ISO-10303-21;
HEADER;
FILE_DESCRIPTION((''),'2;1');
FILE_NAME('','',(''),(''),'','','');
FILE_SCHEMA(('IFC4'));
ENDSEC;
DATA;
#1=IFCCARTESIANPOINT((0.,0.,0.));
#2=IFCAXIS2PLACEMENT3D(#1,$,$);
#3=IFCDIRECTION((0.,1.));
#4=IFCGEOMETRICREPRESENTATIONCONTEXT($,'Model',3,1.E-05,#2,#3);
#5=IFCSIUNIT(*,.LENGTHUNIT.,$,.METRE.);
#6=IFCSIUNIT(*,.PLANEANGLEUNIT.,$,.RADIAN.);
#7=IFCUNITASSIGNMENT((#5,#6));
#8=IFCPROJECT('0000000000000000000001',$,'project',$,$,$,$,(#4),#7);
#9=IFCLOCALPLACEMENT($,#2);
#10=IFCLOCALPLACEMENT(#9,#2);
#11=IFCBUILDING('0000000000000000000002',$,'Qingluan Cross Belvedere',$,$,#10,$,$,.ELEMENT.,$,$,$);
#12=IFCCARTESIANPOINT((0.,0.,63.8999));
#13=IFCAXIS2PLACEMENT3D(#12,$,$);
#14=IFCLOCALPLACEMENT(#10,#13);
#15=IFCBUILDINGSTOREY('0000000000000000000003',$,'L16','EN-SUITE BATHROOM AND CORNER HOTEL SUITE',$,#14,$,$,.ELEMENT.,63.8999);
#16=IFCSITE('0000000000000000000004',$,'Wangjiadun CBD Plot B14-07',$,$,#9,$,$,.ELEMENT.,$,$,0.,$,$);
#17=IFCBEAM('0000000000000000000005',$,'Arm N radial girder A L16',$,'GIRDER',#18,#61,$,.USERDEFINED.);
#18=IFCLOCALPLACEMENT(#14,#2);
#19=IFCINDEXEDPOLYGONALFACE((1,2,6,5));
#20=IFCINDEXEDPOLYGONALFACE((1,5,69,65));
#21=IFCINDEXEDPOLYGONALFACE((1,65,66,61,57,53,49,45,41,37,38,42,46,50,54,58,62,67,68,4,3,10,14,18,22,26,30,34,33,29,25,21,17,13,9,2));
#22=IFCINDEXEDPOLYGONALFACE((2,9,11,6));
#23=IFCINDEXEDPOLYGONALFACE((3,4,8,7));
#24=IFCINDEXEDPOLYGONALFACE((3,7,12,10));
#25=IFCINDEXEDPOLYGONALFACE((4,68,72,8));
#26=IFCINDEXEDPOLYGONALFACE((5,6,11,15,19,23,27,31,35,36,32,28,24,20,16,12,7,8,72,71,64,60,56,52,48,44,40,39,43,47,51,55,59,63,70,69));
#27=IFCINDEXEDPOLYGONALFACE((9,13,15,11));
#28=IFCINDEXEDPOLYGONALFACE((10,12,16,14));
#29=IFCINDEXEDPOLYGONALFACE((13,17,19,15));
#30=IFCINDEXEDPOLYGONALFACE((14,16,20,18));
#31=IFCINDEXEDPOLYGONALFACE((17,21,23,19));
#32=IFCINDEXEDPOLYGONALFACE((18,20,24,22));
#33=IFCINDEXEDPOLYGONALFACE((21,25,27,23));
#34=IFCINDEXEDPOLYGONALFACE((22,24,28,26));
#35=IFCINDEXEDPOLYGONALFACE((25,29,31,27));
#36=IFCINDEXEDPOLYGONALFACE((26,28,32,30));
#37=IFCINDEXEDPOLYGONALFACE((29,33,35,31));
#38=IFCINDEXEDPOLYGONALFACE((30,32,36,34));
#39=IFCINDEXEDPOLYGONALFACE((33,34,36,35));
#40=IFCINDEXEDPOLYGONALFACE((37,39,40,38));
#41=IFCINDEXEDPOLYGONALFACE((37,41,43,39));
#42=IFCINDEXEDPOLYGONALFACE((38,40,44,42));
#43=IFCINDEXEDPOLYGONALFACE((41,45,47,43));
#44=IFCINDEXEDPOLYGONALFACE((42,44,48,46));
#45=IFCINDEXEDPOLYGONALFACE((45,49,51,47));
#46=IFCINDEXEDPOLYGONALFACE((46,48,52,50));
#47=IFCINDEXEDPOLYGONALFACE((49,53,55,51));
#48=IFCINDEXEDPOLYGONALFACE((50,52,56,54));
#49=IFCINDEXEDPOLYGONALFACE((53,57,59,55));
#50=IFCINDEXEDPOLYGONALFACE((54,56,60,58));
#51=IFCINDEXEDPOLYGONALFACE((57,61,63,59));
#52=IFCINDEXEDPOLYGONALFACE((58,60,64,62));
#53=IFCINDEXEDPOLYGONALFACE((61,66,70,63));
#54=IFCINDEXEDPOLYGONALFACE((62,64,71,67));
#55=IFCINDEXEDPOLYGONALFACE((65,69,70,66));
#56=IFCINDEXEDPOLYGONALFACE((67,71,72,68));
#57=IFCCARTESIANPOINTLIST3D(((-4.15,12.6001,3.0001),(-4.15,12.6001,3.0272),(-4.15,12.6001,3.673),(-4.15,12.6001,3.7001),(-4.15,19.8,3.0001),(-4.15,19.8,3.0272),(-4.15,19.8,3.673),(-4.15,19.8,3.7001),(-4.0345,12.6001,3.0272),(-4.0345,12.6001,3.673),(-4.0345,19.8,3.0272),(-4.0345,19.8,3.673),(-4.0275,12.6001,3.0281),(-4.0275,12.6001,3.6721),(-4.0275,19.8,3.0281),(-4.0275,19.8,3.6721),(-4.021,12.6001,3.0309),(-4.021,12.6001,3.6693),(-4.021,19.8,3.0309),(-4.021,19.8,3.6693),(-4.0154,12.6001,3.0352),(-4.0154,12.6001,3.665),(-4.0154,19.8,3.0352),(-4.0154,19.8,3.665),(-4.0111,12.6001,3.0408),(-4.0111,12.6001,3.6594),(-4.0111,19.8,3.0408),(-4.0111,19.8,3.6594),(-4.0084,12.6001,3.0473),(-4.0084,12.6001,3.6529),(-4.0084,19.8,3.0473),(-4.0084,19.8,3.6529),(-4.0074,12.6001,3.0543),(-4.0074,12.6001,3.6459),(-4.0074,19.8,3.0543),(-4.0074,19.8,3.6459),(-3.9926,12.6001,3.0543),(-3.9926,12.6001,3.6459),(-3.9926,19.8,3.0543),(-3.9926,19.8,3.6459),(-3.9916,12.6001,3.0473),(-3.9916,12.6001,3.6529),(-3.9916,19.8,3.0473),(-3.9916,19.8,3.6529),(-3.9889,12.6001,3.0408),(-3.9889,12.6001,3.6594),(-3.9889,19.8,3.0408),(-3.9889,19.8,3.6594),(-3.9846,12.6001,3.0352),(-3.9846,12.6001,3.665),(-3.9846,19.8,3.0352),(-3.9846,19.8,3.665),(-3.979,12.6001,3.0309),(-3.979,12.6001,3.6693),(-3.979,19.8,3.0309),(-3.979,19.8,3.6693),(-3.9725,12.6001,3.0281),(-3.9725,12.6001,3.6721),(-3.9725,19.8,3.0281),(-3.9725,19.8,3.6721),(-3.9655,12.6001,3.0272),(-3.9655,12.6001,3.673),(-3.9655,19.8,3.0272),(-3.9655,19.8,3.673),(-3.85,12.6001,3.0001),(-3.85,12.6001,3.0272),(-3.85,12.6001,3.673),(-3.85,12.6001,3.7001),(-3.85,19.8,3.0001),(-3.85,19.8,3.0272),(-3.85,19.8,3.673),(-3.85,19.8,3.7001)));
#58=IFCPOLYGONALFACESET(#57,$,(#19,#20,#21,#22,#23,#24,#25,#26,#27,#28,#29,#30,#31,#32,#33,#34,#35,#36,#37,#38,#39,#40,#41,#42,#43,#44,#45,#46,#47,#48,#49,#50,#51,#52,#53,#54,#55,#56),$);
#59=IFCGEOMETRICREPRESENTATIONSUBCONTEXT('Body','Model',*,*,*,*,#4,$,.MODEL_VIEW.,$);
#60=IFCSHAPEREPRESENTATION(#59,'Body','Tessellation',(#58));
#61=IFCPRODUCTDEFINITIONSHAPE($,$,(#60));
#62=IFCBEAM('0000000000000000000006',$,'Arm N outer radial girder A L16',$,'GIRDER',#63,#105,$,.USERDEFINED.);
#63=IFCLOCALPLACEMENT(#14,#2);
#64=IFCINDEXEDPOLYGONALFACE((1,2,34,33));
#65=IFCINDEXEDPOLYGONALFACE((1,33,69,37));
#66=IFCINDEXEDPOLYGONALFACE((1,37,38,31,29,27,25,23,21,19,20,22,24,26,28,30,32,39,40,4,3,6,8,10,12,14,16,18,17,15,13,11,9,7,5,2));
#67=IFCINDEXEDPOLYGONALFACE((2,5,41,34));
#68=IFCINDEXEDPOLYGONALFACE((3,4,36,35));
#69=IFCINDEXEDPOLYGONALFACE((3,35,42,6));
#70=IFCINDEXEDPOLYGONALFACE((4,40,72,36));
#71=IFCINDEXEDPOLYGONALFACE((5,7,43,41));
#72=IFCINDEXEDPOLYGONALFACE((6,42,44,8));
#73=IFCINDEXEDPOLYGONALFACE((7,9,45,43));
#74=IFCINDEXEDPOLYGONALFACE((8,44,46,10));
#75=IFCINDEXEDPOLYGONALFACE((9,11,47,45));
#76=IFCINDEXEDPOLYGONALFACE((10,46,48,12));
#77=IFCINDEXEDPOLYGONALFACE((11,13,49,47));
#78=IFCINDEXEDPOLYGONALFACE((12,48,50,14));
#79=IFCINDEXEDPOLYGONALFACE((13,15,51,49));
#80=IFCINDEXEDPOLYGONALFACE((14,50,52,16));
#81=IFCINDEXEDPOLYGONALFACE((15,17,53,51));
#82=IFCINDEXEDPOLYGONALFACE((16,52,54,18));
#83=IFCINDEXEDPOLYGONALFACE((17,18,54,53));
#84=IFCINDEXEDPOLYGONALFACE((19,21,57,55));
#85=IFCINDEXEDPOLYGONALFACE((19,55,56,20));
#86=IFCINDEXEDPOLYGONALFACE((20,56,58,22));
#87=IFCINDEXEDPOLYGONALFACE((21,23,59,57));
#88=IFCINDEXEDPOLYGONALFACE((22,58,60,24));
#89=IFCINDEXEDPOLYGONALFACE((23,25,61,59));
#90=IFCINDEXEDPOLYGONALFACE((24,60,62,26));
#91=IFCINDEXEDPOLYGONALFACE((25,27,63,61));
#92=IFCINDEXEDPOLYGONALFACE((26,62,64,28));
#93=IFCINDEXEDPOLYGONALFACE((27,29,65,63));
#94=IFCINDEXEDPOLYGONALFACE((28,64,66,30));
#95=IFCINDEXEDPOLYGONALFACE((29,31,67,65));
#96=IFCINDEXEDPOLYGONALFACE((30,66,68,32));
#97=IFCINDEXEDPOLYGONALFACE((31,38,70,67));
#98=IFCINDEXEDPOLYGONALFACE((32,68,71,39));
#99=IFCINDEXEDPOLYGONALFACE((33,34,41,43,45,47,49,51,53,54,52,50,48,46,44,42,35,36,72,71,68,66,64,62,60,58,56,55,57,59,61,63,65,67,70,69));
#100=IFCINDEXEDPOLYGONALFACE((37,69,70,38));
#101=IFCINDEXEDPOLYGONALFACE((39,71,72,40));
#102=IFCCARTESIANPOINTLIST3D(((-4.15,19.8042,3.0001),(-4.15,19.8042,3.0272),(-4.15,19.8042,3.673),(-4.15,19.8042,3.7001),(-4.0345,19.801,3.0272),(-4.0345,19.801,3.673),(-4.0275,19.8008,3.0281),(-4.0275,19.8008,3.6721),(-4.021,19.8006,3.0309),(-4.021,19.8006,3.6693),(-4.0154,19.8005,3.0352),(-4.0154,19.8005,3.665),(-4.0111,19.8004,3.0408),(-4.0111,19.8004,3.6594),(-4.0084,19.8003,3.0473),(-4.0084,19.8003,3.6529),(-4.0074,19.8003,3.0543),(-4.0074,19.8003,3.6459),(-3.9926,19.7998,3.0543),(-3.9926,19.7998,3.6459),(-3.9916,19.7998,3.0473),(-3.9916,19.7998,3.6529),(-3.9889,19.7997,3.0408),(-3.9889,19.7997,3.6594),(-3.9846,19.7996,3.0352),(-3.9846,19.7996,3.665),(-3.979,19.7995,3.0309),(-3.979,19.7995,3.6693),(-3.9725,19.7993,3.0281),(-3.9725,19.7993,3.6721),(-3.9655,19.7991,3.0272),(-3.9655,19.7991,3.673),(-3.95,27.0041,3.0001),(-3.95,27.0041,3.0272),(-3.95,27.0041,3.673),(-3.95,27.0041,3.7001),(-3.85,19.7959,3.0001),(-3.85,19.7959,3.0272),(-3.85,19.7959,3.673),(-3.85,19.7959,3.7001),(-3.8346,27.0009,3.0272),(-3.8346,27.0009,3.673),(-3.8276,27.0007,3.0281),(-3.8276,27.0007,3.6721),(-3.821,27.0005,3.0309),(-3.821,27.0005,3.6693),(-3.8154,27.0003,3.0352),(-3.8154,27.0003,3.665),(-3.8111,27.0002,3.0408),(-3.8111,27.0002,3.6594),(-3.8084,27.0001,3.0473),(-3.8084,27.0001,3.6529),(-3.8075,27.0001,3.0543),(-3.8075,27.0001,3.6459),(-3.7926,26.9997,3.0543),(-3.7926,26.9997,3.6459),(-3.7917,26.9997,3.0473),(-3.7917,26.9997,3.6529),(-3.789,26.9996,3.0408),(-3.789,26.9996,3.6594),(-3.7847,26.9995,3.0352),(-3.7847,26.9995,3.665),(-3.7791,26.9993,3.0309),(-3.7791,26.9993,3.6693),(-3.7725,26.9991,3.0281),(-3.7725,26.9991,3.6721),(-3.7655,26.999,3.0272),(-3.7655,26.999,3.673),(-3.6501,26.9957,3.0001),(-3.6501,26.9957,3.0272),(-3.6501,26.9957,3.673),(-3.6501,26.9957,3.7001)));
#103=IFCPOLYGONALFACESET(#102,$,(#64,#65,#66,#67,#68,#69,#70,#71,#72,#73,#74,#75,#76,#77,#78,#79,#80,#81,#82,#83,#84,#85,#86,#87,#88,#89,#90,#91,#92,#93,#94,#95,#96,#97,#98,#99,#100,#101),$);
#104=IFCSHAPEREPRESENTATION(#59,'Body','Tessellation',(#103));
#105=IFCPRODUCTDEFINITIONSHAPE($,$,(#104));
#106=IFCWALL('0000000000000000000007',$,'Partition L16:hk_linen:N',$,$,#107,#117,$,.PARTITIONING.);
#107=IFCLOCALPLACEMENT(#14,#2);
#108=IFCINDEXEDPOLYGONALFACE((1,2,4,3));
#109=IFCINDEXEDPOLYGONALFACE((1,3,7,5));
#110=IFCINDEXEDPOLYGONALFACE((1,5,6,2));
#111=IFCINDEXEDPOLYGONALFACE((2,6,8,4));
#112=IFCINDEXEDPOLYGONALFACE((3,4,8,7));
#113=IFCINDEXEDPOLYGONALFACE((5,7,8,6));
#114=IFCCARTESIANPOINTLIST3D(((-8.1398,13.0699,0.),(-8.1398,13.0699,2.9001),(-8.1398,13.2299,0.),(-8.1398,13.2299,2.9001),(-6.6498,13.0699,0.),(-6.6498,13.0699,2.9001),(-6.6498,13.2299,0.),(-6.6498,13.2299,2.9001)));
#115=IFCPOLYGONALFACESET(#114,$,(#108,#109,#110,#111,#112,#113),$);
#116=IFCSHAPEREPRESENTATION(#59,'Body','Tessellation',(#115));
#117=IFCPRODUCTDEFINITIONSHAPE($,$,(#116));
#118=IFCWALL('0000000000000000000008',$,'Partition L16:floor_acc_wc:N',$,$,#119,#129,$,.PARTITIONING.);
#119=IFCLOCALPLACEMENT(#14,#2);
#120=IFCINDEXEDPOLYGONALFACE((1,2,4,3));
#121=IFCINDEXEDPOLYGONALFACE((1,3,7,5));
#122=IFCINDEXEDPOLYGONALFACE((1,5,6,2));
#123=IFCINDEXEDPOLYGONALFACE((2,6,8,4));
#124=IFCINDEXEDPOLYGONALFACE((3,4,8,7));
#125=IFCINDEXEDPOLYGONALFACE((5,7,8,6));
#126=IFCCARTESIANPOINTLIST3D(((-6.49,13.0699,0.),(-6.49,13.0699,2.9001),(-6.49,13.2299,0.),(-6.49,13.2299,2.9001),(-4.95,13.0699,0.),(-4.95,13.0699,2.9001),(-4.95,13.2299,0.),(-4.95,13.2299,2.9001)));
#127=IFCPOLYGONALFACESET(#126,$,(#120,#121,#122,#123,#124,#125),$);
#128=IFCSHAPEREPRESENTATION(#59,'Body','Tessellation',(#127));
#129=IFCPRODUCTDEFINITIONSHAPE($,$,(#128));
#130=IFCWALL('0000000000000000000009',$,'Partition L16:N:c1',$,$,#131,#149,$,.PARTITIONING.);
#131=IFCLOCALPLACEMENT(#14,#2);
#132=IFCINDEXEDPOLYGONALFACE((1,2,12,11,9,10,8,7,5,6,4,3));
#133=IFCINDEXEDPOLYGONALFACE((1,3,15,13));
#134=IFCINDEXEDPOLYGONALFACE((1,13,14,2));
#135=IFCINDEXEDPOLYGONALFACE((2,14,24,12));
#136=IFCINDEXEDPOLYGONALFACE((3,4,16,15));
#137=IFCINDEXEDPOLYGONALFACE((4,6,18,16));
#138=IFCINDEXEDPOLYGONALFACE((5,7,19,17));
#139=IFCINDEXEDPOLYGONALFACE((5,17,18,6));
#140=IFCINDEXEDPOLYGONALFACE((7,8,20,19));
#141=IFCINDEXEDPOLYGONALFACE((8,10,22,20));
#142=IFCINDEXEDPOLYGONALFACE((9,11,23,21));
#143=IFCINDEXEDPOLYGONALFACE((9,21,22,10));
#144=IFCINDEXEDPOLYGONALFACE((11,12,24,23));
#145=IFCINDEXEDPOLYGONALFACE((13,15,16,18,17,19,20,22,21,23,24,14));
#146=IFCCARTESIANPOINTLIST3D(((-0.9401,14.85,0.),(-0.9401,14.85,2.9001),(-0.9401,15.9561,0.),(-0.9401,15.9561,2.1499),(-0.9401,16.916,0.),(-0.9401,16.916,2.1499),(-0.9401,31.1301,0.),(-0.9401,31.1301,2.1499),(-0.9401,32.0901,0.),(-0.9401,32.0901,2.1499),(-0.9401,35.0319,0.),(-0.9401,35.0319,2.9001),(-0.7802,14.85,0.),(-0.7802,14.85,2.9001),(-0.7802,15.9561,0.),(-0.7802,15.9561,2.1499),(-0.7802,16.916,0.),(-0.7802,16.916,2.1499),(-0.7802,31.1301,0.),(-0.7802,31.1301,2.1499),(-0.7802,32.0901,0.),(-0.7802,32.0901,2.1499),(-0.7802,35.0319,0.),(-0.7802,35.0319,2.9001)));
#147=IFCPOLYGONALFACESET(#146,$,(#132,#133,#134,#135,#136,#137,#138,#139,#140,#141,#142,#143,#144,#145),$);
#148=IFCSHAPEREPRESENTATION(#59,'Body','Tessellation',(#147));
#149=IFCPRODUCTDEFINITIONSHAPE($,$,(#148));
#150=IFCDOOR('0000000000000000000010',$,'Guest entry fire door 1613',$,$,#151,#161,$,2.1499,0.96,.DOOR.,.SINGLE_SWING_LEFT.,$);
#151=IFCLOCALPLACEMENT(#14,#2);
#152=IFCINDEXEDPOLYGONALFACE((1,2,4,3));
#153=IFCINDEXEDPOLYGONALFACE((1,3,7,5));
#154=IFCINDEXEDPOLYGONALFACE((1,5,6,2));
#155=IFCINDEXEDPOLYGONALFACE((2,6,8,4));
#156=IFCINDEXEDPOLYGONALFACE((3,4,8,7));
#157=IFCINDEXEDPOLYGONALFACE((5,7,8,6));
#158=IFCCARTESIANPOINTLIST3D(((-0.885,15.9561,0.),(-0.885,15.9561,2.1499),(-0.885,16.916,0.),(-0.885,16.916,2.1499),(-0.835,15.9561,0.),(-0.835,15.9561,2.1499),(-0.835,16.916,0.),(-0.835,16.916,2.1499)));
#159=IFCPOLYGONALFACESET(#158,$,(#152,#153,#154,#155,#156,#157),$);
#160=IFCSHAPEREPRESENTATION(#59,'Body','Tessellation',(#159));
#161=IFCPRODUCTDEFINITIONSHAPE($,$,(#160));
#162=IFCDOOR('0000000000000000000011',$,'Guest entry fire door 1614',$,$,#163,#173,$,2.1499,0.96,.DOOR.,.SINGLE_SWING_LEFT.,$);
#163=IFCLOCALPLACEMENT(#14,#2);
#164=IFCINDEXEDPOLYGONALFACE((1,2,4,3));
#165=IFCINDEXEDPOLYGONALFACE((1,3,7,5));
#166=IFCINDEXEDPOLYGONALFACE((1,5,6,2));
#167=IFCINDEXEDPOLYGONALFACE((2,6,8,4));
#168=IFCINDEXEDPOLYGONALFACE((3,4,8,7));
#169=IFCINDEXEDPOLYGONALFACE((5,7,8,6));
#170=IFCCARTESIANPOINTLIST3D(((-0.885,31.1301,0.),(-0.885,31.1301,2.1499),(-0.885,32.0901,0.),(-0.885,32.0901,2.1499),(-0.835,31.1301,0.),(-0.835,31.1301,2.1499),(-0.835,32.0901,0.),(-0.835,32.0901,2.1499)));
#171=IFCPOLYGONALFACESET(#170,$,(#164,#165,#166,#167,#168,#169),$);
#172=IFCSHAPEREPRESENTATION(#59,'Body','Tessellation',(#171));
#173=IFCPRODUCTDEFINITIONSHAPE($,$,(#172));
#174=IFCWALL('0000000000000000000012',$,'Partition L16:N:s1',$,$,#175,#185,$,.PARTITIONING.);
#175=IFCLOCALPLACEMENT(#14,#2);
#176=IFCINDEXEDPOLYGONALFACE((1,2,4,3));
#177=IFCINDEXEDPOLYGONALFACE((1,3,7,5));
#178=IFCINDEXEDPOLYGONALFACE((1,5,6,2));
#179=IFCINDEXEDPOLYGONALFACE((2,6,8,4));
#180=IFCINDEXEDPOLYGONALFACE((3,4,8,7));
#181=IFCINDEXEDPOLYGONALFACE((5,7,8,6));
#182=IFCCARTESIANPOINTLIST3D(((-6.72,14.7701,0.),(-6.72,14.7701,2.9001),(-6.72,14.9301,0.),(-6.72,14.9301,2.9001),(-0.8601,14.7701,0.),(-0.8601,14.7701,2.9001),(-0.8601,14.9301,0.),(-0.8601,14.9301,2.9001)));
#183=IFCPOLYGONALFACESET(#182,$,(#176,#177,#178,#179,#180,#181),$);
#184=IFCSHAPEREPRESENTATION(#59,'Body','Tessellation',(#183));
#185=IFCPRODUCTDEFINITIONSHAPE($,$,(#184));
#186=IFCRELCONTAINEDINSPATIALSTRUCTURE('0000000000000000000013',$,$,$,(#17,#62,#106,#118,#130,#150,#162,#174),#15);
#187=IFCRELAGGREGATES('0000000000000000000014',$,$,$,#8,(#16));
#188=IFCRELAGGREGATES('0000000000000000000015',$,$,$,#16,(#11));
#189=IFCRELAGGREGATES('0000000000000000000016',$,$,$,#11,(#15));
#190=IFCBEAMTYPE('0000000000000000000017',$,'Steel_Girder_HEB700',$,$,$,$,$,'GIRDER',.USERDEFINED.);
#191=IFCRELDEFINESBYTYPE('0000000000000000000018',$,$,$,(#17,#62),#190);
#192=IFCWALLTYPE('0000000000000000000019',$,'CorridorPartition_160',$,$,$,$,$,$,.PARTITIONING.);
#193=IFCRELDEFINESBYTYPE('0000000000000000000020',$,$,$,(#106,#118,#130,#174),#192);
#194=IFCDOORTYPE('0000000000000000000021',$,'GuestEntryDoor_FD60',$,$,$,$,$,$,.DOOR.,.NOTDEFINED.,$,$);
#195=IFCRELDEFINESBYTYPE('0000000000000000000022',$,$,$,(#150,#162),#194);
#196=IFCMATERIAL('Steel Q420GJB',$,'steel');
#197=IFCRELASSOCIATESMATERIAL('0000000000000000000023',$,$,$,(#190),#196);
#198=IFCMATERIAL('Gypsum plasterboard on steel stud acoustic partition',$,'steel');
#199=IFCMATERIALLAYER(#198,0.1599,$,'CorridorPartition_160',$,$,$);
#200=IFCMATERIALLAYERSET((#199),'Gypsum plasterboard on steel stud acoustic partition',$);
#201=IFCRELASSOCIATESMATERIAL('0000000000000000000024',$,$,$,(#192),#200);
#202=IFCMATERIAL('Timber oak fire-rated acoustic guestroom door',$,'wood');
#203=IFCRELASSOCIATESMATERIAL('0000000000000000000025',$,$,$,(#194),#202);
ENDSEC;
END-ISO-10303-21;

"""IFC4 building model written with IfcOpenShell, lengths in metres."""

from ifc_helpers import new_model, si_unit, direction, frame, frame_2d, origin, origin_2d, place, context, subcontext, project, spatial, rectangle, i_section, extrude, material, layer, layer_set, material_profile, profile_set, type_object, element, fill, save


model = new_model("IFC4")

# Units and contexts
model_context = context("Model", 3, precision=1e-05, world=origin(), true_north=direction((0.0, 1.0)))
body_context = subcontext(model_context, "Body", "Model", "MODEL_VIEW")
ifc_project = project(units=[si_unit("LENGTHUNIT", "METRE"), si_unit("PLANEANGLEUNIT", "RADIAN")], contexts=[model_context])

# Site, building, storey
site_placement = place(None, origin())
site = spatial("IfcSite", under=ifc_project, at=site_placement, Name="Wangjiadun CBD Plot B14-07", CompositionType="ELEMENT", RefElevation=0.0)
building_placement = place(site_placement, origin())
building = spatial("IfcBuilding", under=site, at=building_placement, Name="Qingluan Cross Belvedere", CompositionType="ELEMENT")
storey_placement = place(building_placement, frame((0.0, 0.0, 63.8999)))
storey = spatial("IfcBuildingStorey", under=building, at=storey_placement, Name="L16", Description="EN-SUITE BATHROOM AND CORNER HOTEL SUITE", CompositionType="ELEMENT", Elevation=63.8999)

# Beams
ifc_material_1 = material(Name="Steel Q420GJB", Category="steel")
ifc_material_profile_1 = material_profile(ifc_material_1, i_section(OverallWidth=0.3, OverallDepth=0.7, WebThickness=0.0149, FlangeThickness=0.0271, FilletRadius=0.0271, at=origin_2d()), Name="HEB700")
ifc_profile_set_1 = profile_set([ifc_material_profile_1], Name="Steel Q420GJB")
beam_type_1 = type_object("IfcBeamType", Name="Steel_Girder_HEB700", ElementType="GIRDER", PredefinedType="USERDEFINED", material=ifc_profile_set_1)
beam_1_placement = place(storey_placement, frame((-4.0, 12.6001, 3.3501), z_axis=(0.0, 1.0, 0.0), x_axis=(-1.0, 0.0, 0.0)))
element("IfcBeam", 1, at=beam_1_placement, inside=storey, type_object=beam_type_1, Name="Arm N radial girder A L16", ObjectType="GIRDER", PredefinedType="USERDEFINED", context=body_context, shape_type="SweptSolid", body=[
    extrude(i_section(OverallWidth=0.3, OverallDepth=0.7, WebThickness=0.0149, FlangeThickness=0.0271, FilletRadius=0.0271, at=origin_2d()), origin(), (0.0, 0.0, 1.0), 7.2),
])
beam_2_placement = place(storey_placement, frame((-4.0, 19.8, 3.3501), z_axis=(0.02776, 0.999615, 0.0), x_axis=(-0.999615, 0.02776, 0.0)))
element("IfcBeam", 2, at=beam_2_placement, inside=storey, type_object=beam_type_1, Name="Arm N outer radial girder A L16", ObjectType="GIRDER", PredefinedType="USERDEFINED", context=body_context, shape_type="SweptSolid", body=[
    extrude(i_section(OverallWidth=0.3, OverallDepth=0.7, WebThickness=0.0149, FlangeThickness=0.0271, FilletRadius=0.0271, at=origin_2d()), origin(), (0.0, 0.0, 1.0), 7.2026),
])

# Walls
ifc_material_2 = material(Name="Gypsum plasterboard on steel stud acoustic partition", Category="steel")
ifc_layer_1 = layer(ifc_material_2, 0.1599, Name="CorridorPartition_160")
ifc_layer_set_1 = layer_set([ifc_layer_1], Name="Gypsum plasterboard on steel stud acoustic partition")
wall_type_1 = type_object("IfcWallType", Name="CorridorPartition_160", PredefinedType="PARTITIONING", material=ifc_layer_set_1)
wall_1_placement = place(storey_placement, frame((-8.1399, 13.1499, 0.0), z_axis=(0.0, 0.0, 1.0), x_axis=(1.0, 0.0, 0.0)))
element("IfcWall", 3, at=wall_1_placement, inside=storey, type_object=wall_type_1, Name="Partition L16:hk_linen:N", PredefinedType="PARTITIONING", context=body_context, shape_type="SweptSolid", body=[
    extrude(rectangle(XDim=1.49, YDim=0.1599, at=frame_2d((0.7451, 0.0))), origin(), (0.0, 0.0, 1.0), 2.9001),
])
wall_2_placement = place(storey_placement, frame((-6.49, 13.1499, 0.0), z_axis=(0.0, 0.0, 1.0), x_axis=(1.0, 0.0, 0.0)))
element("IfcWall", 4, at=wall_2_placement, inside=storey, type_object=wall_type_1, Name="Partition L16:floor_acc_wc:N", PredefinedType="PARTITIONING", context=body_context, shape_type="SweptSolid", body=[
    extrude(rectangle(XDim=1.54, YDim=0.1599, at=frame_2d((0.77, 0.0))), origin(), (0.0, 0.0, 1.0), 2.9001),
])

# Wall, openings, doors
wall_3_placement = place(storey_placement, frame((-0.8601, 14.8501, 0.0), z_axis=(0.0, 0.0, 1.0), x_axis=(0.0, 1.0, 0.0)))
wall_3 = element("IfcWall", 5, at=wall_3_placement, inside=storey, type_object=wall_type_1, Name="Partition L16:N:c1", PredefinedType="PARTITIONING", context=body_context, shape_type="SweptSolid", body=[
    extrude(rectangle(XDim=20.1819, YDim=0.1599, at=frame_2d((10.0908, 0.0))), origin(), (0.0, 0.0, 1.0), 2.9001),
])
opening_1_placement = place(wall_3_placement, frame((1.106, 0.0, 0.0)))
opening_1 = element("IfcOpeningElement", 6, at=opening_1_placement, cuts=wall_3, PredefinedType="OPENING", context=body_context, shape_type="SweptSolid", body=[
    extrude(rectangle(XDim=0.96, YDim=2.1499, at=frame_2d((0.48, 1.075))), frame((0.0, 0.0898, 0.0), z_axis=(0.0, -1.0, 0.0), x_axis=(1.0, 0.0, 0.0)), (0.0, 0.0, 1.0), 0.1799),
])
opening_2_placement = place(wall_3_placement, frame((16.28, 0.0, 0.0)))
opening_2 = element("IfcOpeningElement", 7, at=opening_2_placement, cuts=wall_3, PredefinedType="OPENING", context=body_context, shape_type="SweptSolid", body=[
    extrude(rectangle(XDim=0.96, YDim=2.1499, at=frame_2d((0.48, 1.075))), frame((0.0, 0.0898, 0.0), z_axis=(0.0, -1.0, 0.0), x_axis=(1.0, 0.0, 0.0)), (0.0, 0.0, 1.0), 0.1799),
])
ifc_material_3 = material(Name="Timber oak fire-rated acoustic guestroom door", Category="wood")
door_type_1 = type_object("IfcDoorType", Name="GuestEntryDoor_FD60", OperationType="NOTDEFINED", PredefinedType="DOOR", material=ifc_material_3)
door_1_placement = place(opening_1_placement, origin())
door_1 = element("IfcDoor", 8, at=door_1_placement, inside=storey, type_object=door_type_1, Name="Guest entry fire door 1613", OperationType="SINGLE_SWING_LEFT", OverallHeight=2.1499, OverallWidth=0.96, PredefinedType="DOOR", context=body_context, shape_type="SweptSolid", body=[
    extrude(rectangle(XDim=0.96, YDim=2.1499, at=frame_2d((0.48, 1.075))), frame((0.0, 0.0249, 0.0), z_axis=(0.0, -1.0, 0.0), x_axis=(1.0, 0.0, 0.0)), (0.0, 0.0, 1.0), 0.05),
])
fill(opening_1, door_1)
door_2_placement = place(opening_2_placement, origin())
door_2 = element("IfcDoor", 9, at=door_2_placement, inside=storey, type_object=door_type_1, Name="Guest entry fire door 1614", OperationType="SINGLE_SWING_LEFT", OverallHeight=2.1499, OverallWidth=0.96, PredefinedType="DOOR", context=body_context, shape_type="SweptSolid", body=[
    extrude(rectangle(XDim=0.96, YDim=2.1499, at=frame_2d((0.48, 1.075))), frame((0.0, 0.0249, 0.0), z_axis=(0.0, -1.0, 0.0), x_axis=(1.0, 0.0, 0.0)), (0.0, 0.0, 1.0), 0.05),
])
fill(opening_2, door_2)

# Wall
wall_4_placement = place(storey_placement, frame((-0.8601, 14.8501, 0.0), z_axis=(0.0, 0.0, 1.0), x_axis=(-1.0, 0.0, 0.0)))
element("IfcWall", 10, at=wall_4_placement, inside=storey, type_object=wall_type_1, Name="Partition L16:N:s1", PredefinedType="PARTITIONING", context=body_context, shape_type="SweptSolid", body=[
    extrude(rectangle(XDim=5.8599, YDim=0.1599, at=frame_2d((2.9299, 0.0))), origin(), (0.0, 0.0, 1.0), 2.9001),
])

save(model, "model.ifc")
